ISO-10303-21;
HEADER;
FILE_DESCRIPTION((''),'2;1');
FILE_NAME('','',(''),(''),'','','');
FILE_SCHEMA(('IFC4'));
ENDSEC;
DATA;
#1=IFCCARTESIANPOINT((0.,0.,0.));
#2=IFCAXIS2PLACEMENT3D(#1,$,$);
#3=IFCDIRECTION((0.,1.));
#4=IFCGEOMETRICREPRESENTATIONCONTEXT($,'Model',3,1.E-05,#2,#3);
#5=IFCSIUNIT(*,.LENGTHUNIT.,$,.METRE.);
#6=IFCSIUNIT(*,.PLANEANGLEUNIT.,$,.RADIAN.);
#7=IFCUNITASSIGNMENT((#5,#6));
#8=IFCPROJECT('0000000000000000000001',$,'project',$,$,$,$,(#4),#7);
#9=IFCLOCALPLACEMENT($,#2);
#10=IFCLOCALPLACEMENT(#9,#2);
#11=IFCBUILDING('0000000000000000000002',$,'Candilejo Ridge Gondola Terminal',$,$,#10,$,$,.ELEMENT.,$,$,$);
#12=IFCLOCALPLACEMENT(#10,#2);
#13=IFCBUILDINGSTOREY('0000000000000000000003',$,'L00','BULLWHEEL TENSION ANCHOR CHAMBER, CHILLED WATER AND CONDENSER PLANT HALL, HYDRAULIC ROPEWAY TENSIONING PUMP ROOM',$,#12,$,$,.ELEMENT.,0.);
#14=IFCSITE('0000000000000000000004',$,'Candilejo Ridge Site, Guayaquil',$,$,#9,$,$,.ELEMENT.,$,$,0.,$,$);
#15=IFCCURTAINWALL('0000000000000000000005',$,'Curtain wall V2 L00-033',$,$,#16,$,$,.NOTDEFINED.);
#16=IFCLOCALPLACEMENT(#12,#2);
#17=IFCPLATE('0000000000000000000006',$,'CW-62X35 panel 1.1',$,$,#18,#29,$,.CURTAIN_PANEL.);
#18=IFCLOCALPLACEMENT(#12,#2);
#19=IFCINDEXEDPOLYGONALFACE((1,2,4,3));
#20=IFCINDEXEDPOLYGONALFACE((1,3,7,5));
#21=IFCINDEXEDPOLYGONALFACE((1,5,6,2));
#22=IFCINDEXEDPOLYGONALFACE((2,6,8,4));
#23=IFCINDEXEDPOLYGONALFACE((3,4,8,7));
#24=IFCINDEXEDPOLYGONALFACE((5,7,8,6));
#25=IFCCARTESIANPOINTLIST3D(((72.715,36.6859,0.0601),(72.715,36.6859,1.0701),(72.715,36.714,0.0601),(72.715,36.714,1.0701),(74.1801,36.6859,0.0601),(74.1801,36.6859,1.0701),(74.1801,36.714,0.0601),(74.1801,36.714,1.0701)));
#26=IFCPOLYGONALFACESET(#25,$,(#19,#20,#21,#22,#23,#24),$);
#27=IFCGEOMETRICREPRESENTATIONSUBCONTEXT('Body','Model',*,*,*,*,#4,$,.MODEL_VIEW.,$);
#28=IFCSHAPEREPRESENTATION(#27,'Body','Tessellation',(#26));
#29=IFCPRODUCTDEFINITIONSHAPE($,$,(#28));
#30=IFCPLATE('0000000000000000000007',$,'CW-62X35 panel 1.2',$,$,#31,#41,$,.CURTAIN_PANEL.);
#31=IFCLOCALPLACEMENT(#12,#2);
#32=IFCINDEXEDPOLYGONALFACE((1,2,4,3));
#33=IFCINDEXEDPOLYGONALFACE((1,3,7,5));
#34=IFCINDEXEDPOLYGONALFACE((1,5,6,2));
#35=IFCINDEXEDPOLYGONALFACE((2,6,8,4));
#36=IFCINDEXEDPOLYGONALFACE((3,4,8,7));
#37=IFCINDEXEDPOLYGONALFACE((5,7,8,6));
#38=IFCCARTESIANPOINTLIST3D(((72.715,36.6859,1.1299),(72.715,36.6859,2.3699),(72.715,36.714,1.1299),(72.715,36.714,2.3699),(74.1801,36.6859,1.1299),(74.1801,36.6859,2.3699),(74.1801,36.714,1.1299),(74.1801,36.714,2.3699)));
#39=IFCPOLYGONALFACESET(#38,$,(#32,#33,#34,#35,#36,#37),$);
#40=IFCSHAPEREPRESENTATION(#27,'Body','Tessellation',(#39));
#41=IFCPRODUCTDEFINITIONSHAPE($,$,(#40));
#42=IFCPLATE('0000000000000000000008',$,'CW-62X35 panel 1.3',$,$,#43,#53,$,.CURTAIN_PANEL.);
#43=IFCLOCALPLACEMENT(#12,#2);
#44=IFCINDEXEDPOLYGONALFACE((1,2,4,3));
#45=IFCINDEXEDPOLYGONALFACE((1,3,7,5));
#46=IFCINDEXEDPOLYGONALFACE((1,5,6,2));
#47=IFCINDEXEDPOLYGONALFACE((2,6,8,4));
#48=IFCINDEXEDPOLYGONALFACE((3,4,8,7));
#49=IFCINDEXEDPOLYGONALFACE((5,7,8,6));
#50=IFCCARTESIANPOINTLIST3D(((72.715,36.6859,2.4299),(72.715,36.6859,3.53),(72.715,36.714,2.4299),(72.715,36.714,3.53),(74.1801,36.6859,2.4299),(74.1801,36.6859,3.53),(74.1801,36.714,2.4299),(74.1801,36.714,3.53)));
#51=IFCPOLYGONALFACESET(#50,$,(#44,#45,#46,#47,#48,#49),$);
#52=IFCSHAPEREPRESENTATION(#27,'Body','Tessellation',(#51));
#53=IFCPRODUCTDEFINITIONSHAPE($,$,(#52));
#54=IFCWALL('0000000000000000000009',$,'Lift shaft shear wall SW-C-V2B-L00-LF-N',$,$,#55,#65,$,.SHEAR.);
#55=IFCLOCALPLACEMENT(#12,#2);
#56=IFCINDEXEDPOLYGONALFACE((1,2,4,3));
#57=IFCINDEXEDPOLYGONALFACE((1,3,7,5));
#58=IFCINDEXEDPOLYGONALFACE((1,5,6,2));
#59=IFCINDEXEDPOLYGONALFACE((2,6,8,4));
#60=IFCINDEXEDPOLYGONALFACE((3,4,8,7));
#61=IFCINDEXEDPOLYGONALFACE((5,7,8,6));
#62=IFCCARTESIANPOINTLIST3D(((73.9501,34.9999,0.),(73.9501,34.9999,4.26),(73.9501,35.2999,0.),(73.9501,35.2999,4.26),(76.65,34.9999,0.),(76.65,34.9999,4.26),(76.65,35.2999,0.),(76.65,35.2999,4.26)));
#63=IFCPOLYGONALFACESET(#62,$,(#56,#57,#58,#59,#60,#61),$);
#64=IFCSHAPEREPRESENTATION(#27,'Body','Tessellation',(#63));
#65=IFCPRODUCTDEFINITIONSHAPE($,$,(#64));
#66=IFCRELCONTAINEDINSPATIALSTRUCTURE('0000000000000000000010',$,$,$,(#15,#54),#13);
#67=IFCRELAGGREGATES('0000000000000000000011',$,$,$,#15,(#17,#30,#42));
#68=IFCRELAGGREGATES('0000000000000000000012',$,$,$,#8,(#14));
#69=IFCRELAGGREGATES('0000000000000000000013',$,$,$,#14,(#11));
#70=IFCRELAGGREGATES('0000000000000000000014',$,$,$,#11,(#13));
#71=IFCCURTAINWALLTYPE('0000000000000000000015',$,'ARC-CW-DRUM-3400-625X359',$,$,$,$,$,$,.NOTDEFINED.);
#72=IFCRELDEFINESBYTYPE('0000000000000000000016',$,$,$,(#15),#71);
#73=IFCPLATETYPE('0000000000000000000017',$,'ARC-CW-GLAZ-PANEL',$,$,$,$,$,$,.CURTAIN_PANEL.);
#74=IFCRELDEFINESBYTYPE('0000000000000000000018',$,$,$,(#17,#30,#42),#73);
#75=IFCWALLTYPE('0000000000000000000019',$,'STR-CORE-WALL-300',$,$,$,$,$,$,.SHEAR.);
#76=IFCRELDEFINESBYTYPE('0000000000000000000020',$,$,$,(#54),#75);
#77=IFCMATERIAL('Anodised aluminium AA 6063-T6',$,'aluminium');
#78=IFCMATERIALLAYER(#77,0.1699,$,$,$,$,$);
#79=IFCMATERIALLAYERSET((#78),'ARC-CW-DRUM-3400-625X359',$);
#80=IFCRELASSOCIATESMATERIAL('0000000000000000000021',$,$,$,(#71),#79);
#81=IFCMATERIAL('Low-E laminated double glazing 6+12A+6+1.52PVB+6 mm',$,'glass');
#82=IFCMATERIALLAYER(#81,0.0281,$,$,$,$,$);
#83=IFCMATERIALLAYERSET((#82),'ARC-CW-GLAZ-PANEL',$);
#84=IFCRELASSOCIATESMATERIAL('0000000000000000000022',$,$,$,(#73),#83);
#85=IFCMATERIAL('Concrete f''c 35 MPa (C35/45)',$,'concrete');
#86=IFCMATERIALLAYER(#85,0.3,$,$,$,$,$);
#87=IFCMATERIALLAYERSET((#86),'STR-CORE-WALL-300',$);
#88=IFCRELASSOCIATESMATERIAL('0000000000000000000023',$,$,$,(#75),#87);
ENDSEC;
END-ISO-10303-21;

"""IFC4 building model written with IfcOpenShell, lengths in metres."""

from ifc_helpers import new_model, si_unit, direction, frame, frame_2d, origin, origin_2d, place, context, subcontext, project, spatial, rectangle, extrude, material, layer, layer_set, type_object, element, aggregate, save


model = new_model("IFC4")

# Units and contexts
model_context = context("Model", 3, precision=1e-05, world=origin(), true_north=direction((0.0, 1.0)))
body_context = subcontext(model_context, "Body", "Model", "MODEL_VIEW")
ifc_project = project(units=[si_unit("LENGTHUNIT", "METRE"), si_unit("PLANEANGLEUNIT", "RADIAN")], contexts=[model_context])

# Site, building, storey
site_placement = place(None, origin())
site = spatial("IfcSite", under=ifc_project, at=site_placement, Name="Candilejo Ridge Site, Guayaquil", CompositionType="ELEMENT", RefElevation=0.0)
building_placement = place(site_placement, origin())
building = spatial("IfcBuilding", under=site, at=building_placement, Name="Candilejo Ridge Gondola Terminal", CompositionType="ELEMENT")
storey_placement = place(building_placement, origin())
storey = spatial("IfcBuildingStorey", under=building, at=storey_placement, Name="L00", Description="BULLWHEEL TENSION ANCHOR CHAMBER, CHILLED WATER AND CONDENSER PLANT HALL, HYDRAULIC ROPEWAY TENSIONING PUMP ROOM", CompositionType="ELEMENT", Elevation=0.0)

# Curtain wall
ifc_material_1 = material(Name="Anodised aluminium AA 6063-T6", Category="aluminium")
ifc_layer_1 = layer(ifc_material_1, 0.1699)
ifc_layer_set_1 = layer_set([ifc_layer_1], Name="ARC-CW-DRUM-3400-625X359")
curtain_wall_type_1 = type_object("IfcCurtainWallType", Name="ARC-CW-DRUM-3400-625X359", PredefinedType="NOTDEFINED", material=ifc_layer_set_1)
curtain_wall_1_placement = place(storey_placement, origin())
curtain_wall_1 = element("IfcCurtainWall", 1, at=curtain_wall_1_placement, inside=storey, type_object=curtain_wall_type_1, Name="Curtain wall V2 L00-033", PredefinedType="NOTDEFINED")

# Plates
ifc_material_2 = material(Name="Low-E laminated double glazing 6+12A+6+1.52PVB+6 mm", Category="glass")
ifc_layer_2 = layer(ifc_material_2, 0.0281)
ifc_layer_set_2 = layer_set([ifc_layer_2], Name="ARC-CW-GLAZ-PANEL")
plate_type = type_object("IfcPlateType", Name="ARC-CW-GLAZ-PANEL", PredefinedType="CURTAIN_PANEL", material=ifc_layer_set_2)
plate_1_placement = place(storey_placement, frame((73.4475, 36.7, 0.0601), z_axis=(0.0, 0.0, 1.0), x_axis=(1.0, 0.0, 0.0)))
plate_1 = element("IfcPlate", 2, at=plate_1_placement, type_object=plate_type, Name="CW-62X35 panel 1.1", PredefinedType="CURTAIN_PANEL", context=body_context, shape_type="SweptSolid", body=[
    extrude(rectangle(XDim=1.4651, YDim=0.0281, at=origin_2d()), origin(), (0.0, 0.0, 1.0), 1.01),
])
plate_2_placement = place(storey_placement, frame((73.4475, 36.7, 1.1299), z_axis=(0.0, 0.0, 1.0), x_axis=(1.0, 0.0, 0.0)))
plate_2 = element("IfcPlate", 3, at=plate_2_placement, type_object=plate_type, Name="CW-62X35 panel 1.2", PredefinedType="CURTAIN_PANEL", context=body_context, shape_type="SweptSolid", body=[
    extrude(rectangle(XDim=1.4651, YDim=0.0281, at=origin_2d()), origin(), (0.0, 0.0, 1.0), 1.24),
])
plate_3_placement = place(storey_placement, frame((73.4475, 36.7, 2.4299), z_axis=(0.0, 0.0, 1.0), x_axis=(1.0, 0.0, 0.0)))
plate_3 = element("IfcPlate", 4, at=plate_3_placement, type_object=plate_type, Name="CW-62X35 panel 1.3", PredefinedType="CURTAIN_PANEL", context=body_context, shape_type="SweptSolid", body=[
    extrude(rectangle(XDim=1.4651, YDim=0.0281, at=origin_2d()), origin(), (0.0, 0.0, 1.0), 1.1001),
])
aggregate(curtain_wall_1, [plate_1, plate_2, plate_3])

# Wall
ifc_material_3 = material(Name="Concrete f'c 35 MPa (C35/45)", Category="concrete")
ifc_layer_3 = layer(ifc_material_3, 0.3)
ifc_layer_set_3 = layer_set([ifc_layer_3], Name="STR-CORE-WALL-300")
wall_type = type_object("IfcWallType", Name="STR-CORE-WALL-300", PredefinedType="SHEAR", material=ifc_layer_set_3)
wall_placement = place(storey_placement, frame((73.95, 35.1499, 0.0), z_axis=(0.0, 0.0, 1.0), x_axis=(1.0, 0.0, 0.0)))
element("IfcWall", 5, at=wall_placement, inside=storey, type_object=wall_type, Name="Lift shaft shear wall SW-C-V2B-L00-LF-N", PredefinedType="SHEAR", context=body_context, shape_type="SweptSolid", body=[
    extrude(rectangle(XDim=2.7, YDim=0.3, at=frame_2d((1.3501, 0.0))), origin(), (0.0, 0.0, 1.0), 4.26),
])

save(model, "model.ifc")
